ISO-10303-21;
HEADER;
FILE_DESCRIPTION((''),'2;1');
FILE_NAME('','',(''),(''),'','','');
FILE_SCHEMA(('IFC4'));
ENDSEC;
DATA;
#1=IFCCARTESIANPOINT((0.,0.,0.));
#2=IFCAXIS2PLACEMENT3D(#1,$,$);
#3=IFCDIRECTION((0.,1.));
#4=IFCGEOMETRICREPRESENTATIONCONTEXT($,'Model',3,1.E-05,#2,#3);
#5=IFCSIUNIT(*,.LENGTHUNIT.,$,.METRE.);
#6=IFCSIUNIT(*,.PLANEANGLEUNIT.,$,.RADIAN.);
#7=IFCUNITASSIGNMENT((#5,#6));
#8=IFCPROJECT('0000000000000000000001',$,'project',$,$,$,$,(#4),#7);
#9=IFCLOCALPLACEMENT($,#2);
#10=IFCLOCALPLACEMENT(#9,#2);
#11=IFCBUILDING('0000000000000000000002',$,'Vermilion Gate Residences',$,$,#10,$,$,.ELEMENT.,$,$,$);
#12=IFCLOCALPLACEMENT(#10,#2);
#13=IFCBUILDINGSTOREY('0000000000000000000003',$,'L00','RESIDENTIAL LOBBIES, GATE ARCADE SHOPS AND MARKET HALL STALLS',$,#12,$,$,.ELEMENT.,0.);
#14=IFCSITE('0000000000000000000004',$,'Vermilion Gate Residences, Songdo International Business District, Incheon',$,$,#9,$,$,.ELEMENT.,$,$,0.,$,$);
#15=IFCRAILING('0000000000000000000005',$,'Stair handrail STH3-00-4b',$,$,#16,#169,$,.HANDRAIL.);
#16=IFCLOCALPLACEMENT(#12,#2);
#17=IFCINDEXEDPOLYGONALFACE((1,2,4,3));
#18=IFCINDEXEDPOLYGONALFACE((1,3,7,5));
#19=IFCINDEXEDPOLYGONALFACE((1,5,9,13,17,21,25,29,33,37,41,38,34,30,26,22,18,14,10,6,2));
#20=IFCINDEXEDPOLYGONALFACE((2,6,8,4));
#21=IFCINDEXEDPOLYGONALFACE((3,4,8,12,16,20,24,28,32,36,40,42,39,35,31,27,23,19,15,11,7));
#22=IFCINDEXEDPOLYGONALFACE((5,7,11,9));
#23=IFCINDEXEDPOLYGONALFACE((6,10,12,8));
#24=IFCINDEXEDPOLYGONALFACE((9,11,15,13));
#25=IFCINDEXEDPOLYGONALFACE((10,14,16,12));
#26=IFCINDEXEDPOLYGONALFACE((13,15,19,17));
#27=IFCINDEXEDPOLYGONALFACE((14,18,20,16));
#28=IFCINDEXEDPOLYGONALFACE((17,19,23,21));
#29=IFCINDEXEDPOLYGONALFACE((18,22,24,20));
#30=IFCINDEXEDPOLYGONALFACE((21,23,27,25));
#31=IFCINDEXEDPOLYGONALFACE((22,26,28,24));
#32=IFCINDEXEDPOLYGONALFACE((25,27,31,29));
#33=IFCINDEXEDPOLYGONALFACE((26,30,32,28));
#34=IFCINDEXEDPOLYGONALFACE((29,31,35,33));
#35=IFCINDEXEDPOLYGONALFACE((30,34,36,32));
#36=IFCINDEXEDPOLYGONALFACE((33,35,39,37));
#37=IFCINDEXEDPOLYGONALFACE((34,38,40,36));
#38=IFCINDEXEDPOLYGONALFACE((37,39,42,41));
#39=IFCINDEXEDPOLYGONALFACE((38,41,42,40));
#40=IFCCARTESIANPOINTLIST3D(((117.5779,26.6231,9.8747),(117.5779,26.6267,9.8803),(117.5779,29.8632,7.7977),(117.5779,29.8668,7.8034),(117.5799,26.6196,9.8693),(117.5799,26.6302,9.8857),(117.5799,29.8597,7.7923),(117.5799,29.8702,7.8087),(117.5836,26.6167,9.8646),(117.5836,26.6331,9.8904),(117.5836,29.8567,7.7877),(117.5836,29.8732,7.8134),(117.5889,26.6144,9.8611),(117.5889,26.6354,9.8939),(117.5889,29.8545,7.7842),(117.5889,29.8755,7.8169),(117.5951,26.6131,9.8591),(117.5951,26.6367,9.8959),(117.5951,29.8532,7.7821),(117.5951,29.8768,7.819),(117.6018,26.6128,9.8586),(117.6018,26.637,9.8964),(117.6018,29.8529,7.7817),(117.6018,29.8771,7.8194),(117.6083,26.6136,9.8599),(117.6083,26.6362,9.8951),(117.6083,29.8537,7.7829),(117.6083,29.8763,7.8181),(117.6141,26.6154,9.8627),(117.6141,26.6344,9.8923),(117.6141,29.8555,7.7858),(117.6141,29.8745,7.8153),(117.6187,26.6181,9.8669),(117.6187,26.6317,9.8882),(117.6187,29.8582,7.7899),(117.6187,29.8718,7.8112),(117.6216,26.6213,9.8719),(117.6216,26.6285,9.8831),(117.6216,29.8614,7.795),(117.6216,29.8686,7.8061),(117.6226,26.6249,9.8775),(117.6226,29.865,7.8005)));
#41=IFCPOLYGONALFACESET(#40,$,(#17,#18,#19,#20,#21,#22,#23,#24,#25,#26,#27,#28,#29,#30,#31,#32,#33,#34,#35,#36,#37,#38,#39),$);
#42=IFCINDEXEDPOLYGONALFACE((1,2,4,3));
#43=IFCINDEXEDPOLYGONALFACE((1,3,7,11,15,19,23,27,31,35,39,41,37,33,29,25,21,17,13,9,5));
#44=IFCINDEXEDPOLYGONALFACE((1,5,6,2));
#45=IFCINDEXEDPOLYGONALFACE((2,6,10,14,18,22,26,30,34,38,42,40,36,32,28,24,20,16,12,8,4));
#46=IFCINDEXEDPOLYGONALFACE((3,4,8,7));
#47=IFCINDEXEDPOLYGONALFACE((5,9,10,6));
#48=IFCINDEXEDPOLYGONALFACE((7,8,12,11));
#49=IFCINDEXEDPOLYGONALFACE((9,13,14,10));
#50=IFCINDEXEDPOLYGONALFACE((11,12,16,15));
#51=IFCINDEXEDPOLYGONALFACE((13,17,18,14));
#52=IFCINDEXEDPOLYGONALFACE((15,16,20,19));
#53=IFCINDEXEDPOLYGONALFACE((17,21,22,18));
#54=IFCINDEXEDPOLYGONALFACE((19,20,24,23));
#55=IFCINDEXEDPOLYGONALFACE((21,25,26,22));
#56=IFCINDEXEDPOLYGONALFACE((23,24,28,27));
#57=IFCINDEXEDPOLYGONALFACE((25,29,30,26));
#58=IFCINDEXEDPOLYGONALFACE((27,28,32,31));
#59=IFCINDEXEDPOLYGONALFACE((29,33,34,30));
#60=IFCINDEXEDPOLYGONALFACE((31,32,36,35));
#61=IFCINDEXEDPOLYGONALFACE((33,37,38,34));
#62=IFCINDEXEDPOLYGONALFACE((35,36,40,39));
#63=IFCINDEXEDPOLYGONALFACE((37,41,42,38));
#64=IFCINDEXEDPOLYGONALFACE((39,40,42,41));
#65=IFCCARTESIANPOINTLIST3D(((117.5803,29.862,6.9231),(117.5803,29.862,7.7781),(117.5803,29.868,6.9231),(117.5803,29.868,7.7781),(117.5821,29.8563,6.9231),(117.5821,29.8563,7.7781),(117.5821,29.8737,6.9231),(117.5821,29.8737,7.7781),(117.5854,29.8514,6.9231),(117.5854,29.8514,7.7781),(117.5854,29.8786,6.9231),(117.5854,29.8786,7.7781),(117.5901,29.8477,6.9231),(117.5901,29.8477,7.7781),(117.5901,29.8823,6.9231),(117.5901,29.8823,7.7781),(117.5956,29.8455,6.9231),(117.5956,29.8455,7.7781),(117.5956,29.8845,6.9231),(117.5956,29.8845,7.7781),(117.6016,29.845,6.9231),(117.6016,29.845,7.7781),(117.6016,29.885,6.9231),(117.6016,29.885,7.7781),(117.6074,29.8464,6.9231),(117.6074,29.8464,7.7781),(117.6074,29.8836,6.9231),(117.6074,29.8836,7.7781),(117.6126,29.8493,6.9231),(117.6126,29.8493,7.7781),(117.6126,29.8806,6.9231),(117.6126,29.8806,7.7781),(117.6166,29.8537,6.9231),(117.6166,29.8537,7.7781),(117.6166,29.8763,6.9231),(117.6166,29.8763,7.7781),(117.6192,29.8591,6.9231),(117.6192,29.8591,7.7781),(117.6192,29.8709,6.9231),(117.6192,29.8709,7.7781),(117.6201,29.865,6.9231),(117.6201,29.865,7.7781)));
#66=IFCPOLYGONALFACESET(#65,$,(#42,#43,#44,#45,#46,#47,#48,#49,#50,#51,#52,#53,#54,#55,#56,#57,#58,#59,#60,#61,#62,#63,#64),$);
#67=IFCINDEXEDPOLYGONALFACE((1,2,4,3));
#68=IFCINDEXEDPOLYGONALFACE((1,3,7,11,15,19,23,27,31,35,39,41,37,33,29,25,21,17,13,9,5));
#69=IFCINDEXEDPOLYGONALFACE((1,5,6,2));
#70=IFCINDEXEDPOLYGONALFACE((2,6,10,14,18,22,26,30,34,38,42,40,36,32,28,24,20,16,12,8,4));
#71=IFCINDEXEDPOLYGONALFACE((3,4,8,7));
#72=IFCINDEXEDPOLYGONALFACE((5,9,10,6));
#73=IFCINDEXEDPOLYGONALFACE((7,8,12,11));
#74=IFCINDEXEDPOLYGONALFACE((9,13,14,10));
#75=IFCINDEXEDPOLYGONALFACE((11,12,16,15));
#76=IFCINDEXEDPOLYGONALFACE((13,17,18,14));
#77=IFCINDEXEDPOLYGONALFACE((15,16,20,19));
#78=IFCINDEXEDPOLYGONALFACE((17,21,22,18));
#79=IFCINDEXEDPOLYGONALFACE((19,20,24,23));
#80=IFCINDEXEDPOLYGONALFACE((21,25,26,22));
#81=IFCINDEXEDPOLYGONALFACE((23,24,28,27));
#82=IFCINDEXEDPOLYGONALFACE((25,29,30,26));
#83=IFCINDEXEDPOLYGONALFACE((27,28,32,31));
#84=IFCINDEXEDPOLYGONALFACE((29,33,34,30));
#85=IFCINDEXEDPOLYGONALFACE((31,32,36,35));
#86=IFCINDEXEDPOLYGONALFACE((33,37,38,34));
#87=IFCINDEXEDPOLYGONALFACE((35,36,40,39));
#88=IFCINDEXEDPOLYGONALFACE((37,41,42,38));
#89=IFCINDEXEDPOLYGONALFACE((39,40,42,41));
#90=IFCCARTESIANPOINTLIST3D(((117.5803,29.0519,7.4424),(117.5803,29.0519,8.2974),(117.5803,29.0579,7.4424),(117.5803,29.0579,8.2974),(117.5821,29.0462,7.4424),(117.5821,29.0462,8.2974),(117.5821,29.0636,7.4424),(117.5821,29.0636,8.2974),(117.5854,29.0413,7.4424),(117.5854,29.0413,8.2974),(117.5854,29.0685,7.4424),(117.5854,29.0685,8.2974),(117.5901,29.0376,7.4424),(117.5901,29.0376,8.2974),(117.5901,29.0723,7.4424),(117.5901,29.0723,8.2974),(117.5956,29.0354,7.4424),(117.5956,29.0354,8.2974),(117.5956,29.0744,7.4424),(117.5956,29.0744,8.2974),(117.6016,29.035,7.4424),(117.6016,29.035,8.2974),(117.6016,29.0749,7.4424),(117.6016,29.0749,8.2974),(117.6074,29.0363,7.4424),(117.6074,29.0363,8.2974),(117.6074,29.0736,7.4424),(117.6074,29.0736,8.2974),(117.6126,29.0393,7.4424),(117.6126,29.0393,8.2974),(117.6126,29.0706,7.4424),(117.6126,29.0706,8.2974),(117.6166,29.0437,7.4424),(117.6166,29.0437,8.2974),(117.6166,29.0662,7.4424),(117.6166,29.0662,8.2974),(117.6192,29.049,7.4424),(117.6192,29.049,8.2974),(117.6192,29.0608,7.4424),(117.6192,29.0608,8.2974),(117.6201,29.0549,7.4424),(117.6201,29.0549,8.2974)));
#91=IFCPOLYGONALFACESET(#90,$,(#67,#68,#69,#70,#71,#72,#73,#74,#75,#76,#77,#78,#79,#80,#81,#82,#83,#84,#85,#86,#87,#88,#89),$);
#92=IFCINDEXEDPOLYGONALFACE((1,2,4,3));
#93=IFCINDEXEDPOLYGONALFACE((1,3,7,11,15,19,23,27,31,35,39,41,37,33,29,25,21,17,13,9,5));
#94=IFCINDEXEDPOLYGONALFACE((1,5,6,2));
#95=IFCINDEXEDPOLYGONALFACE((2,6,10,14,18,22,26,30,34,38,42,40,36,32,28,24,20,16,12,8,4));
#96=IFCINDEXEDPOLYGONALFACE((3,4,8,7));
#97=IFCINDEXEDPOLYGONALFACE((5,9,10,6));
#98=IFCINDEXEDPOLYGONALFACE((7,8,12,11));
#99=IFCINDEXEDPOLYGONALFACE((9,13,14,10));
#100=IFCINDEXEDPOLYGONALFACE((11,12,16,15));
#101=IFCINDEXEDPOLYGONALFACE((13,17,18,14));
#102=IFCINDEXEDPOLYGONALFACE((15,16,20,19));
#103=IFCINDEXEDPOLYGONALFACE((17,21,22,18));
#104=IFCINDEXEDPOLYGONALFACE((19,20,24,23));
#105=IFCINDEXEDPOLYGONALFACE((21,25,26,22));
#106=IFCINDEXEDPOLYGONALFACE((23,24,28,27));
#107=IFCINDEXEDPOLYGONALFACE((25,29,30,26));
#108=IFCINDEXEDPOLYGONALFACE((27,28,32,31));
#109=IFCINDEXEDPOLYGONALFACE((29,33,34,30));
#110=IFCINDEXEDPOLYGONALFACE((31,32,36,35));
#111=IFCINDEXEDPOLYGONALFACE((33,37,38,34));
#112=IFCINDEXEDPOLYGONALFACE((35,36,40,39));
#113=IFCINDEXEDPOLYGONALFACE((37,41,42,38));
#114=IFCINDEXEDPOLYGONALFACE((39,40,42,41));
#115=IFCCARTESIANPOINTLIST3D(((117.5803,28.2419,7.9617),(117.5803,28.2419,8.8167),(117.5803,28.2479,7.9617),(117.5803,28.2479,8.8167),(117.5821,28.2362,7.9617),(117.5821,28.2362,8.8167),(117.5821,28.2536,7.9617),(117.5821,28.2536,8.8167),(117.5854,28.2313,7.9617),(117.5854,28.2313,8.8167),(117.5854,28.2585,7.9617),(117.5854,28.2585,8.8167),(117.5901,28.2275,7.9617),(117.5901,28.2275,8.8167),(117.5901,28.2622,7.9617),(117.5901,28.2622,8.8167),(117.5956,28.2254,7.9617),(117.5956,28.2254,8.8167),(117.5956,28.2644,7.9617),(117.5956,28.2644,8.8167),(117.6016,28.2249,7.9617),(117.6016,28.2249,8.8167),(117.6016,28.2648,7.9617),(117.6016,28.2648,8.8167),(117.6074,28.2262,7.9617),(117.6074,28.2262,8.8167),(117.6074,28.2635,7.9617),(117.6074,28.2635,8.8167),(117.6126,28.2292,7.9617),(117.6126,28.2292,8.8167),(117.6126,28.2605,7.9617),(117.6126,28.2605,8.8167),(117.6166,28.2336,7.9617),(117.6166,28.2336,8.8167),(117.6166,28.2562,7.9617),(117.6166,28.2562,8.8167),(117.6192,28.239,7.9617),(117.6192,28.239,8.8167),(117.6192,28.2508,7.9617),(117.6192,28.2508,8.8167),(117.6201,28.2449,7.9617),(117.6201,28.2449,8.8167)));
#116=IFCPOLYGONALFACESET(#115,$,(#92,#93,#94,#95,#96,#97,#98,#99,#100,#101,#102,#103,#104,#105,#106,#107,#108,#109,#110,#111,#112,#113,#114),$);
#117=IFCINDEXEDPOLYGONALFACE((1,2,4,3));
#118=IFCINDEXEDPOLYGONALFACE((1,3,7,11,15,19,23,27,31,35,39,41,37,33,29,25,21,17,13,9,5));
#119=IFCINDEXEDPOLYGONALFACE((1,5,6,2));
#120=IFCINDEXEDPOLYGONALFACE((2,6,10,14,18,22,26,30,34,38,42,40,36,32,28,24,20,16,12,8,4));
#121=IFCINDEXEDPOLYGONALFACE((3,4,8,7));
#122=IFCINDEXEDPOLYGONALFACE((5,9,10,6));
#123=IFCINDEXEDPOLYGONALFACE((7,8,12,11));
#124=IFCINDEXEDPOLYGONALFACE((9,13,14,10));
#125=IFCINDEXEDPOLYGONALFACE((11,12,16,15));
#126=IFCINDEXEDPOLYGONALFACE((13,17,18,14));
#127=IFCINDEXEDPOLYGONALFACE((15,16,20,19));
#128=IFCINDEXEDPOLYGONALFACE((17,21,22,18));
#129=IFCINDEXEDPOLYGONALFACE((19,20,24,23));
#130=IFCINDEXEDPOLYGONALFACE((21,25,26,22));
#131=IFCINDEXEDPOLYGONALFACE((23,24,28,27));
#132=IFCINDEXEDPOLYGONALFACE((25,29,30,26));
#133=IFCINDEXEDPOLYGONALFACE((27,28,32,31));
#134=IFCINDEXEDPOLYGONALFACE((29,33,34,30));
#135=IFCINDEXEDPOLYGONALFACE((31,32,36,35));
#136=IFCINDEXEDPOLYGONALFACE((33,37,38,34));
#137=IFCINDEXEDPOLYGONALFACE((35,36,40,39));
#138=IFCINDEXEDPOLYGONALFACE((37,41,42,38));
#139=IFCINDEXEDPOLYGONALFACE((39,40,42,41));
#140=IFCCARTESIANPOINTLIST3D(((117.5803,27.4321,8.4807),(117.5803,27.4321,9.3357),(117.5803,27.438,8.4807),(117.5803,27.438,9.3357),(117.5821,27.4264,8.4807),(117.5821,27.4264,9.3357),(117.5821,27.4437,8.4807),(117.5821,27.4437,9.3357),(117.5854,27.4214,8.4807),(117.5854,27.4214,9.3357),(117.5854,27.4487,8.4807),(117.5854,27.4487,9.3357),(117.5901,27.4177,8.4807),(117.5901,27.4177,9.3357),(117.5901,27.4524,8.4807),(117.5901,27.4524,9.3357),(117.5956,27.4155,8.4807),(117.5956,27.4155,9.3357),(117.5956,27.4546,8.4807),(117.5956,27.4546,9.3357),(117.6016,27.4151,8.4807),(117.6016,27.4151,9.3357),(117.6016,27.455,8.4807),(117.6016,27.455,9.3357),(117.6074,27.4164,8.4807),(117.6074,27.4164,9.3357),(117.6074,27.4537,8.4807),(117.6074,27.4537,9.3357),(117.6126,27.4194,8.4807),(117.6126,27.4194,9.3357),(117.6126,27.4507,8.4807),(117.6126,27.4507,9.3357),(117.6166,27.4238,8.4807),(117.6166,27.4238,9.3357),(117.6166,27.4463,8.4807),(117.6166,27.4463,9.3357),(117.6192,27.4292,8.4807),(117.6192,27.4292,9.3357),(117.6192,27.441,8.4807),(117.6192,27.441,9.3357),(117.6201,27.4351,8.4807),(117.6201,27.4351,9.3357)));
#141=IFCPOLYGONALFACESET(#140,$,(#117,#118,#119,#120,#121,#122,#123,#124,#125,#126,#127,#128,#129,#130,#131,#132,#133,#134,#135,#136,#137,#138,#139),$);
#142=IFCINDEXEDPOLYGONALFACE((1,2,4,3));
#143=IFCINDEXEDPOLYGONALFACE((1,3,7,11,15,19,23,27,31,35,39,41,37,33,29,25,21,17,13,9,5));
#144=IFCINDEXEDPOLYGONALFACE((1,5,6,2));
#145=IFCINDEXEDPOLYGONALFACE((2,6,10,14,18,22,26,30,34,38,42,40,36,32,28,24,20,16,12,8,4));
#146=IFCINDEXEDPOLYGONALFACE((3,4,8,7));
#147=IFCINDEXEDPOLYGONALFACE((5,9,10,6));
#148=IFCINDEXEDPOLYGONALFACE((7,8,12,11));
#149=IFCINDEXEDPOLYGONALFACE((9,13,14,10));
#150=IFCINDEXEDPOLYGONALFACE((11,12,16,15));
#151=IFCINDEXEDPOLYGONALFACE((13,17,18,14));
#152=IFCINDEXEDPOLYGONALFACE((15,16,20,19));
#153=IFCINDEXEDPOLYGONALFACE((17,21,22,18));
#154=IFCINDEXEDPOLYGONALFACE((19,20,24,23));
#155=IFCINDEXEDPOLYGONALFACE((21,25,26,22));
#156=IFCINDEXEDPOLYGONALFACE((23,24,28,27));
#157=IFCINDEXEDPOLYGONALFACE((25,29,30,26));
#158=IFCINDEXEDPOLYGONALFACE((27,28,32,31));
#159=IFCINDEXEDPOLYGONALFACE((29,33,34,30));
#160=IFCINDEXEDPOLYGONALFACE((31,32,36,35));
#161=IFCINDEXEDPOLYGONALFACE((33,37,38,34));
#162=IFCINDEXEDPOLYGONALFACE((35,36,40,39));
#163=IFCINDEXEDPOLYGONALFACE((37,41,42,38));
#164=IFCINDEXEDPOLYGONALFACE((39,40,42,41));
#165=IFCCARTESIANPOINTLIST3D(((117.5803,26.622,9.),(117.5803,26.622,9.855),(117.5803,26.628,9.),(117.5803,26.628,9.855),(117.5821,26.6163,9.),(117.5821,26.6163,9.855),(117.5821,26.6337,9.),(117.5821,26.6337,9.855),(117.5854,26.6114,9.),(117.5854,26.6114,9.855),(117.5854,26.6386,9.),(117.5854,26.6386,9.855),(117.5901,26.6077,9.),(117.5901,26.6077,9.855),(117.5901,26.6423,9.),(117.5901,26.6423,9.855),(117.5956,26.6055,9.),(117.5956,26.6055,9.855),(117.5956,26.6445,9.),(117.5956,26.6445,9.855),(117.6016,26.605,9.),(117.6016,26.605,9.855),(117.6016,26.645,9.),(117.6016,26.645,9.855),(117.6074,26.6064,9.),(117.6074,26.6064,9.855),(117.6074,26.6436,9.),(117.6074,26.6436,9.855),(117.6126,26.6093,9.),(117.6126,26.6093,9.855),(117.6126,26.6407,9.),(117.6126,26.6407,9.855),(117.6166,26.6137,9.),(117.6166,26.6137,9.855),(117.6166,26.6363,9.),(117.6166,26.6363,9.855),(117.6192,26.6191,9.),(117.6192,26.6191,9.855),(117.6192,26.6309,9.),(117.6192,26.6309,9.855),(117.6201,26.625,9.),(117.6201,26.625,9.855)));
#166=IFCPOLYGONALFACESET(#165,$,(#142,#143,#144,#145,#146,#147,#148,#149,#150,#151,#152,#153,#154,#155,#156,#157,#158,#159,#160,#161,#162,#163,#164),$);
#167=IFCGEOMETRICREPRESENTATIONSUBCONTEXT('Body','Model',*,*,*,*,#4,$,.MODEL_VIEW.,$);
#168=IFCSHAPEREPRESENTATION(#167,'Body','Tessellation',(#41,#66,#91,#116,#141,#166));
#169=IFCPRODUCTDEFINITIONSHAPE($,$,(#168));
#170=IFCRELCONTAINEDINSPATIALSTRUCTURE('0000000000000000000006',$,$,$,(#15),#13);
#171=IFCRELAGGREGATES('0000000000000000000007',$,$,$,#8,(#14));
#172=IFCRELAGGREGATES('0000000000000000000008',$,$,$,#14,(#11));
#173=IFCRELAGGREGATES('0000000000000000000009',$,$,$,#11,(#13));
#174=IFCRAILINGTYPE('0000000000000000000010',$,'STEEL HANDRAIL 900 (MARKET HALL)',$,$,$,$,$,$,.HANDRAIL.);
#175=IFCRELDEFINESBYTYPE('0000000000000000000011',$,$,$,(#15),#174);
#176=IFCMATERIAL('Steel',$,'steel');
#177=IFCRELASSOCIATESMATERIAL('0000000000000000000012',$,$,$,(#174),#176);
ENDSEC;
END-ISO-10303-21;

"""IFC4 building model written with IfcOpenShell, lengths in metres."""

from ifc_helpers import new_model, si_unit, direction, frame, origin, origin_2d, place, context, subcontext, project, spatial, circle, extrude, material, type_object, element, save


model = new_model("IFC4")

# Units and contexts
model_context = context("Model", 3, precision=1e-05, world=origin(), true_north=direction((0.0, 1.0)))
body_context = subcontext(model_context, "Body", "Model", "MODEL_VIEW")
ifc_project = project(units=[si_unit("LENGTHUNIT", "METRE"), si_unit("PLANEANGLEUNIT", "RADIAN")], contexts=[model_context])

# Site, building, storey
site_placement = place(None, origin())
site = spatial("IfcSite", under=ifc_project, at=site_placement, Name="Vermilion Gate Residences, Songdo International Business District, Incheon", CompositionType="ELEMENT", RefElevation=0.0)
building_placement = place(site_placement, origin())
building = spatial("IfcBuilding", under=site, at=building_placement, Name="Vermilion Gate Residences", CompositionType="ELEMENT")
storey_placement = place(building_placement, origin())
storey = spatial("IfcBuildingStorey", under=building, at=storey_placement, Name="L00", Description="RESIDENTIAL LOBBIES, GATE ARCADE SHOPS AND MARKET HALL STALLS", CompositionType="ELEMENT", Elevation=0.0)

# Railing
ifc_material_1 = material(Name="Steel", Category="steel")
railing_type = type_object("IfcRailingType", Name="STEEL HANDRAIL 900 (MARKET HALL)", PredefinedType="HANDRAIL", material=ifc_material_1)
for number, where, name in (
    (1, (117.6001, 29.865, 6.9231), "Stair handrail STH3-00-4b"),
):
    element("IfcRailing", number, at=place(storey_placement, frame(where)), inside=storey, type_object=railing_type, Name=name, PredefinedType="HANDRAIL", context=body_context, shape_type="SweptSolid", body=[
        extrude(circle(Radius=0.0225, at=origin_2d()), frame((0.0, 0.0, 0.8774), z_axis=(0.0, -0.841881, 0.539664), x_axis=(1.0, 0.0, 0.0)), (0.0, 0.0, 1.0), 3.8486),
        extrude(circle(Radius=0.02, at=origin_2d()), origin(), (0.0, 0.0, 1.0), 0.855),
        extrude(circle(Radius=0.02, at=origin_2d()), frame((0.0, -0.8101, 0.5193)), (0.0, 0.0, 1.0), 0.855),
        extrude(circle(Radius=0.02, at=origin_2d()), frame((0.0, -1.6201, 1.0386)), (0.0, 0.0, 1.0), 0.855),
        extrude(circle(Radius=0.02, at=origin_2d()), frame((0.0, -2.4299, 1.5576)), (0.0, 0.0, 1.0), 0.855),
        extrude(circle(Radius=0.02, at=origin_2d()), frame((0.0, -3.24, 2.0769)), (0.0, 0.0, 1.0), 0.855),
    ])

save(model, "model.ifc")
